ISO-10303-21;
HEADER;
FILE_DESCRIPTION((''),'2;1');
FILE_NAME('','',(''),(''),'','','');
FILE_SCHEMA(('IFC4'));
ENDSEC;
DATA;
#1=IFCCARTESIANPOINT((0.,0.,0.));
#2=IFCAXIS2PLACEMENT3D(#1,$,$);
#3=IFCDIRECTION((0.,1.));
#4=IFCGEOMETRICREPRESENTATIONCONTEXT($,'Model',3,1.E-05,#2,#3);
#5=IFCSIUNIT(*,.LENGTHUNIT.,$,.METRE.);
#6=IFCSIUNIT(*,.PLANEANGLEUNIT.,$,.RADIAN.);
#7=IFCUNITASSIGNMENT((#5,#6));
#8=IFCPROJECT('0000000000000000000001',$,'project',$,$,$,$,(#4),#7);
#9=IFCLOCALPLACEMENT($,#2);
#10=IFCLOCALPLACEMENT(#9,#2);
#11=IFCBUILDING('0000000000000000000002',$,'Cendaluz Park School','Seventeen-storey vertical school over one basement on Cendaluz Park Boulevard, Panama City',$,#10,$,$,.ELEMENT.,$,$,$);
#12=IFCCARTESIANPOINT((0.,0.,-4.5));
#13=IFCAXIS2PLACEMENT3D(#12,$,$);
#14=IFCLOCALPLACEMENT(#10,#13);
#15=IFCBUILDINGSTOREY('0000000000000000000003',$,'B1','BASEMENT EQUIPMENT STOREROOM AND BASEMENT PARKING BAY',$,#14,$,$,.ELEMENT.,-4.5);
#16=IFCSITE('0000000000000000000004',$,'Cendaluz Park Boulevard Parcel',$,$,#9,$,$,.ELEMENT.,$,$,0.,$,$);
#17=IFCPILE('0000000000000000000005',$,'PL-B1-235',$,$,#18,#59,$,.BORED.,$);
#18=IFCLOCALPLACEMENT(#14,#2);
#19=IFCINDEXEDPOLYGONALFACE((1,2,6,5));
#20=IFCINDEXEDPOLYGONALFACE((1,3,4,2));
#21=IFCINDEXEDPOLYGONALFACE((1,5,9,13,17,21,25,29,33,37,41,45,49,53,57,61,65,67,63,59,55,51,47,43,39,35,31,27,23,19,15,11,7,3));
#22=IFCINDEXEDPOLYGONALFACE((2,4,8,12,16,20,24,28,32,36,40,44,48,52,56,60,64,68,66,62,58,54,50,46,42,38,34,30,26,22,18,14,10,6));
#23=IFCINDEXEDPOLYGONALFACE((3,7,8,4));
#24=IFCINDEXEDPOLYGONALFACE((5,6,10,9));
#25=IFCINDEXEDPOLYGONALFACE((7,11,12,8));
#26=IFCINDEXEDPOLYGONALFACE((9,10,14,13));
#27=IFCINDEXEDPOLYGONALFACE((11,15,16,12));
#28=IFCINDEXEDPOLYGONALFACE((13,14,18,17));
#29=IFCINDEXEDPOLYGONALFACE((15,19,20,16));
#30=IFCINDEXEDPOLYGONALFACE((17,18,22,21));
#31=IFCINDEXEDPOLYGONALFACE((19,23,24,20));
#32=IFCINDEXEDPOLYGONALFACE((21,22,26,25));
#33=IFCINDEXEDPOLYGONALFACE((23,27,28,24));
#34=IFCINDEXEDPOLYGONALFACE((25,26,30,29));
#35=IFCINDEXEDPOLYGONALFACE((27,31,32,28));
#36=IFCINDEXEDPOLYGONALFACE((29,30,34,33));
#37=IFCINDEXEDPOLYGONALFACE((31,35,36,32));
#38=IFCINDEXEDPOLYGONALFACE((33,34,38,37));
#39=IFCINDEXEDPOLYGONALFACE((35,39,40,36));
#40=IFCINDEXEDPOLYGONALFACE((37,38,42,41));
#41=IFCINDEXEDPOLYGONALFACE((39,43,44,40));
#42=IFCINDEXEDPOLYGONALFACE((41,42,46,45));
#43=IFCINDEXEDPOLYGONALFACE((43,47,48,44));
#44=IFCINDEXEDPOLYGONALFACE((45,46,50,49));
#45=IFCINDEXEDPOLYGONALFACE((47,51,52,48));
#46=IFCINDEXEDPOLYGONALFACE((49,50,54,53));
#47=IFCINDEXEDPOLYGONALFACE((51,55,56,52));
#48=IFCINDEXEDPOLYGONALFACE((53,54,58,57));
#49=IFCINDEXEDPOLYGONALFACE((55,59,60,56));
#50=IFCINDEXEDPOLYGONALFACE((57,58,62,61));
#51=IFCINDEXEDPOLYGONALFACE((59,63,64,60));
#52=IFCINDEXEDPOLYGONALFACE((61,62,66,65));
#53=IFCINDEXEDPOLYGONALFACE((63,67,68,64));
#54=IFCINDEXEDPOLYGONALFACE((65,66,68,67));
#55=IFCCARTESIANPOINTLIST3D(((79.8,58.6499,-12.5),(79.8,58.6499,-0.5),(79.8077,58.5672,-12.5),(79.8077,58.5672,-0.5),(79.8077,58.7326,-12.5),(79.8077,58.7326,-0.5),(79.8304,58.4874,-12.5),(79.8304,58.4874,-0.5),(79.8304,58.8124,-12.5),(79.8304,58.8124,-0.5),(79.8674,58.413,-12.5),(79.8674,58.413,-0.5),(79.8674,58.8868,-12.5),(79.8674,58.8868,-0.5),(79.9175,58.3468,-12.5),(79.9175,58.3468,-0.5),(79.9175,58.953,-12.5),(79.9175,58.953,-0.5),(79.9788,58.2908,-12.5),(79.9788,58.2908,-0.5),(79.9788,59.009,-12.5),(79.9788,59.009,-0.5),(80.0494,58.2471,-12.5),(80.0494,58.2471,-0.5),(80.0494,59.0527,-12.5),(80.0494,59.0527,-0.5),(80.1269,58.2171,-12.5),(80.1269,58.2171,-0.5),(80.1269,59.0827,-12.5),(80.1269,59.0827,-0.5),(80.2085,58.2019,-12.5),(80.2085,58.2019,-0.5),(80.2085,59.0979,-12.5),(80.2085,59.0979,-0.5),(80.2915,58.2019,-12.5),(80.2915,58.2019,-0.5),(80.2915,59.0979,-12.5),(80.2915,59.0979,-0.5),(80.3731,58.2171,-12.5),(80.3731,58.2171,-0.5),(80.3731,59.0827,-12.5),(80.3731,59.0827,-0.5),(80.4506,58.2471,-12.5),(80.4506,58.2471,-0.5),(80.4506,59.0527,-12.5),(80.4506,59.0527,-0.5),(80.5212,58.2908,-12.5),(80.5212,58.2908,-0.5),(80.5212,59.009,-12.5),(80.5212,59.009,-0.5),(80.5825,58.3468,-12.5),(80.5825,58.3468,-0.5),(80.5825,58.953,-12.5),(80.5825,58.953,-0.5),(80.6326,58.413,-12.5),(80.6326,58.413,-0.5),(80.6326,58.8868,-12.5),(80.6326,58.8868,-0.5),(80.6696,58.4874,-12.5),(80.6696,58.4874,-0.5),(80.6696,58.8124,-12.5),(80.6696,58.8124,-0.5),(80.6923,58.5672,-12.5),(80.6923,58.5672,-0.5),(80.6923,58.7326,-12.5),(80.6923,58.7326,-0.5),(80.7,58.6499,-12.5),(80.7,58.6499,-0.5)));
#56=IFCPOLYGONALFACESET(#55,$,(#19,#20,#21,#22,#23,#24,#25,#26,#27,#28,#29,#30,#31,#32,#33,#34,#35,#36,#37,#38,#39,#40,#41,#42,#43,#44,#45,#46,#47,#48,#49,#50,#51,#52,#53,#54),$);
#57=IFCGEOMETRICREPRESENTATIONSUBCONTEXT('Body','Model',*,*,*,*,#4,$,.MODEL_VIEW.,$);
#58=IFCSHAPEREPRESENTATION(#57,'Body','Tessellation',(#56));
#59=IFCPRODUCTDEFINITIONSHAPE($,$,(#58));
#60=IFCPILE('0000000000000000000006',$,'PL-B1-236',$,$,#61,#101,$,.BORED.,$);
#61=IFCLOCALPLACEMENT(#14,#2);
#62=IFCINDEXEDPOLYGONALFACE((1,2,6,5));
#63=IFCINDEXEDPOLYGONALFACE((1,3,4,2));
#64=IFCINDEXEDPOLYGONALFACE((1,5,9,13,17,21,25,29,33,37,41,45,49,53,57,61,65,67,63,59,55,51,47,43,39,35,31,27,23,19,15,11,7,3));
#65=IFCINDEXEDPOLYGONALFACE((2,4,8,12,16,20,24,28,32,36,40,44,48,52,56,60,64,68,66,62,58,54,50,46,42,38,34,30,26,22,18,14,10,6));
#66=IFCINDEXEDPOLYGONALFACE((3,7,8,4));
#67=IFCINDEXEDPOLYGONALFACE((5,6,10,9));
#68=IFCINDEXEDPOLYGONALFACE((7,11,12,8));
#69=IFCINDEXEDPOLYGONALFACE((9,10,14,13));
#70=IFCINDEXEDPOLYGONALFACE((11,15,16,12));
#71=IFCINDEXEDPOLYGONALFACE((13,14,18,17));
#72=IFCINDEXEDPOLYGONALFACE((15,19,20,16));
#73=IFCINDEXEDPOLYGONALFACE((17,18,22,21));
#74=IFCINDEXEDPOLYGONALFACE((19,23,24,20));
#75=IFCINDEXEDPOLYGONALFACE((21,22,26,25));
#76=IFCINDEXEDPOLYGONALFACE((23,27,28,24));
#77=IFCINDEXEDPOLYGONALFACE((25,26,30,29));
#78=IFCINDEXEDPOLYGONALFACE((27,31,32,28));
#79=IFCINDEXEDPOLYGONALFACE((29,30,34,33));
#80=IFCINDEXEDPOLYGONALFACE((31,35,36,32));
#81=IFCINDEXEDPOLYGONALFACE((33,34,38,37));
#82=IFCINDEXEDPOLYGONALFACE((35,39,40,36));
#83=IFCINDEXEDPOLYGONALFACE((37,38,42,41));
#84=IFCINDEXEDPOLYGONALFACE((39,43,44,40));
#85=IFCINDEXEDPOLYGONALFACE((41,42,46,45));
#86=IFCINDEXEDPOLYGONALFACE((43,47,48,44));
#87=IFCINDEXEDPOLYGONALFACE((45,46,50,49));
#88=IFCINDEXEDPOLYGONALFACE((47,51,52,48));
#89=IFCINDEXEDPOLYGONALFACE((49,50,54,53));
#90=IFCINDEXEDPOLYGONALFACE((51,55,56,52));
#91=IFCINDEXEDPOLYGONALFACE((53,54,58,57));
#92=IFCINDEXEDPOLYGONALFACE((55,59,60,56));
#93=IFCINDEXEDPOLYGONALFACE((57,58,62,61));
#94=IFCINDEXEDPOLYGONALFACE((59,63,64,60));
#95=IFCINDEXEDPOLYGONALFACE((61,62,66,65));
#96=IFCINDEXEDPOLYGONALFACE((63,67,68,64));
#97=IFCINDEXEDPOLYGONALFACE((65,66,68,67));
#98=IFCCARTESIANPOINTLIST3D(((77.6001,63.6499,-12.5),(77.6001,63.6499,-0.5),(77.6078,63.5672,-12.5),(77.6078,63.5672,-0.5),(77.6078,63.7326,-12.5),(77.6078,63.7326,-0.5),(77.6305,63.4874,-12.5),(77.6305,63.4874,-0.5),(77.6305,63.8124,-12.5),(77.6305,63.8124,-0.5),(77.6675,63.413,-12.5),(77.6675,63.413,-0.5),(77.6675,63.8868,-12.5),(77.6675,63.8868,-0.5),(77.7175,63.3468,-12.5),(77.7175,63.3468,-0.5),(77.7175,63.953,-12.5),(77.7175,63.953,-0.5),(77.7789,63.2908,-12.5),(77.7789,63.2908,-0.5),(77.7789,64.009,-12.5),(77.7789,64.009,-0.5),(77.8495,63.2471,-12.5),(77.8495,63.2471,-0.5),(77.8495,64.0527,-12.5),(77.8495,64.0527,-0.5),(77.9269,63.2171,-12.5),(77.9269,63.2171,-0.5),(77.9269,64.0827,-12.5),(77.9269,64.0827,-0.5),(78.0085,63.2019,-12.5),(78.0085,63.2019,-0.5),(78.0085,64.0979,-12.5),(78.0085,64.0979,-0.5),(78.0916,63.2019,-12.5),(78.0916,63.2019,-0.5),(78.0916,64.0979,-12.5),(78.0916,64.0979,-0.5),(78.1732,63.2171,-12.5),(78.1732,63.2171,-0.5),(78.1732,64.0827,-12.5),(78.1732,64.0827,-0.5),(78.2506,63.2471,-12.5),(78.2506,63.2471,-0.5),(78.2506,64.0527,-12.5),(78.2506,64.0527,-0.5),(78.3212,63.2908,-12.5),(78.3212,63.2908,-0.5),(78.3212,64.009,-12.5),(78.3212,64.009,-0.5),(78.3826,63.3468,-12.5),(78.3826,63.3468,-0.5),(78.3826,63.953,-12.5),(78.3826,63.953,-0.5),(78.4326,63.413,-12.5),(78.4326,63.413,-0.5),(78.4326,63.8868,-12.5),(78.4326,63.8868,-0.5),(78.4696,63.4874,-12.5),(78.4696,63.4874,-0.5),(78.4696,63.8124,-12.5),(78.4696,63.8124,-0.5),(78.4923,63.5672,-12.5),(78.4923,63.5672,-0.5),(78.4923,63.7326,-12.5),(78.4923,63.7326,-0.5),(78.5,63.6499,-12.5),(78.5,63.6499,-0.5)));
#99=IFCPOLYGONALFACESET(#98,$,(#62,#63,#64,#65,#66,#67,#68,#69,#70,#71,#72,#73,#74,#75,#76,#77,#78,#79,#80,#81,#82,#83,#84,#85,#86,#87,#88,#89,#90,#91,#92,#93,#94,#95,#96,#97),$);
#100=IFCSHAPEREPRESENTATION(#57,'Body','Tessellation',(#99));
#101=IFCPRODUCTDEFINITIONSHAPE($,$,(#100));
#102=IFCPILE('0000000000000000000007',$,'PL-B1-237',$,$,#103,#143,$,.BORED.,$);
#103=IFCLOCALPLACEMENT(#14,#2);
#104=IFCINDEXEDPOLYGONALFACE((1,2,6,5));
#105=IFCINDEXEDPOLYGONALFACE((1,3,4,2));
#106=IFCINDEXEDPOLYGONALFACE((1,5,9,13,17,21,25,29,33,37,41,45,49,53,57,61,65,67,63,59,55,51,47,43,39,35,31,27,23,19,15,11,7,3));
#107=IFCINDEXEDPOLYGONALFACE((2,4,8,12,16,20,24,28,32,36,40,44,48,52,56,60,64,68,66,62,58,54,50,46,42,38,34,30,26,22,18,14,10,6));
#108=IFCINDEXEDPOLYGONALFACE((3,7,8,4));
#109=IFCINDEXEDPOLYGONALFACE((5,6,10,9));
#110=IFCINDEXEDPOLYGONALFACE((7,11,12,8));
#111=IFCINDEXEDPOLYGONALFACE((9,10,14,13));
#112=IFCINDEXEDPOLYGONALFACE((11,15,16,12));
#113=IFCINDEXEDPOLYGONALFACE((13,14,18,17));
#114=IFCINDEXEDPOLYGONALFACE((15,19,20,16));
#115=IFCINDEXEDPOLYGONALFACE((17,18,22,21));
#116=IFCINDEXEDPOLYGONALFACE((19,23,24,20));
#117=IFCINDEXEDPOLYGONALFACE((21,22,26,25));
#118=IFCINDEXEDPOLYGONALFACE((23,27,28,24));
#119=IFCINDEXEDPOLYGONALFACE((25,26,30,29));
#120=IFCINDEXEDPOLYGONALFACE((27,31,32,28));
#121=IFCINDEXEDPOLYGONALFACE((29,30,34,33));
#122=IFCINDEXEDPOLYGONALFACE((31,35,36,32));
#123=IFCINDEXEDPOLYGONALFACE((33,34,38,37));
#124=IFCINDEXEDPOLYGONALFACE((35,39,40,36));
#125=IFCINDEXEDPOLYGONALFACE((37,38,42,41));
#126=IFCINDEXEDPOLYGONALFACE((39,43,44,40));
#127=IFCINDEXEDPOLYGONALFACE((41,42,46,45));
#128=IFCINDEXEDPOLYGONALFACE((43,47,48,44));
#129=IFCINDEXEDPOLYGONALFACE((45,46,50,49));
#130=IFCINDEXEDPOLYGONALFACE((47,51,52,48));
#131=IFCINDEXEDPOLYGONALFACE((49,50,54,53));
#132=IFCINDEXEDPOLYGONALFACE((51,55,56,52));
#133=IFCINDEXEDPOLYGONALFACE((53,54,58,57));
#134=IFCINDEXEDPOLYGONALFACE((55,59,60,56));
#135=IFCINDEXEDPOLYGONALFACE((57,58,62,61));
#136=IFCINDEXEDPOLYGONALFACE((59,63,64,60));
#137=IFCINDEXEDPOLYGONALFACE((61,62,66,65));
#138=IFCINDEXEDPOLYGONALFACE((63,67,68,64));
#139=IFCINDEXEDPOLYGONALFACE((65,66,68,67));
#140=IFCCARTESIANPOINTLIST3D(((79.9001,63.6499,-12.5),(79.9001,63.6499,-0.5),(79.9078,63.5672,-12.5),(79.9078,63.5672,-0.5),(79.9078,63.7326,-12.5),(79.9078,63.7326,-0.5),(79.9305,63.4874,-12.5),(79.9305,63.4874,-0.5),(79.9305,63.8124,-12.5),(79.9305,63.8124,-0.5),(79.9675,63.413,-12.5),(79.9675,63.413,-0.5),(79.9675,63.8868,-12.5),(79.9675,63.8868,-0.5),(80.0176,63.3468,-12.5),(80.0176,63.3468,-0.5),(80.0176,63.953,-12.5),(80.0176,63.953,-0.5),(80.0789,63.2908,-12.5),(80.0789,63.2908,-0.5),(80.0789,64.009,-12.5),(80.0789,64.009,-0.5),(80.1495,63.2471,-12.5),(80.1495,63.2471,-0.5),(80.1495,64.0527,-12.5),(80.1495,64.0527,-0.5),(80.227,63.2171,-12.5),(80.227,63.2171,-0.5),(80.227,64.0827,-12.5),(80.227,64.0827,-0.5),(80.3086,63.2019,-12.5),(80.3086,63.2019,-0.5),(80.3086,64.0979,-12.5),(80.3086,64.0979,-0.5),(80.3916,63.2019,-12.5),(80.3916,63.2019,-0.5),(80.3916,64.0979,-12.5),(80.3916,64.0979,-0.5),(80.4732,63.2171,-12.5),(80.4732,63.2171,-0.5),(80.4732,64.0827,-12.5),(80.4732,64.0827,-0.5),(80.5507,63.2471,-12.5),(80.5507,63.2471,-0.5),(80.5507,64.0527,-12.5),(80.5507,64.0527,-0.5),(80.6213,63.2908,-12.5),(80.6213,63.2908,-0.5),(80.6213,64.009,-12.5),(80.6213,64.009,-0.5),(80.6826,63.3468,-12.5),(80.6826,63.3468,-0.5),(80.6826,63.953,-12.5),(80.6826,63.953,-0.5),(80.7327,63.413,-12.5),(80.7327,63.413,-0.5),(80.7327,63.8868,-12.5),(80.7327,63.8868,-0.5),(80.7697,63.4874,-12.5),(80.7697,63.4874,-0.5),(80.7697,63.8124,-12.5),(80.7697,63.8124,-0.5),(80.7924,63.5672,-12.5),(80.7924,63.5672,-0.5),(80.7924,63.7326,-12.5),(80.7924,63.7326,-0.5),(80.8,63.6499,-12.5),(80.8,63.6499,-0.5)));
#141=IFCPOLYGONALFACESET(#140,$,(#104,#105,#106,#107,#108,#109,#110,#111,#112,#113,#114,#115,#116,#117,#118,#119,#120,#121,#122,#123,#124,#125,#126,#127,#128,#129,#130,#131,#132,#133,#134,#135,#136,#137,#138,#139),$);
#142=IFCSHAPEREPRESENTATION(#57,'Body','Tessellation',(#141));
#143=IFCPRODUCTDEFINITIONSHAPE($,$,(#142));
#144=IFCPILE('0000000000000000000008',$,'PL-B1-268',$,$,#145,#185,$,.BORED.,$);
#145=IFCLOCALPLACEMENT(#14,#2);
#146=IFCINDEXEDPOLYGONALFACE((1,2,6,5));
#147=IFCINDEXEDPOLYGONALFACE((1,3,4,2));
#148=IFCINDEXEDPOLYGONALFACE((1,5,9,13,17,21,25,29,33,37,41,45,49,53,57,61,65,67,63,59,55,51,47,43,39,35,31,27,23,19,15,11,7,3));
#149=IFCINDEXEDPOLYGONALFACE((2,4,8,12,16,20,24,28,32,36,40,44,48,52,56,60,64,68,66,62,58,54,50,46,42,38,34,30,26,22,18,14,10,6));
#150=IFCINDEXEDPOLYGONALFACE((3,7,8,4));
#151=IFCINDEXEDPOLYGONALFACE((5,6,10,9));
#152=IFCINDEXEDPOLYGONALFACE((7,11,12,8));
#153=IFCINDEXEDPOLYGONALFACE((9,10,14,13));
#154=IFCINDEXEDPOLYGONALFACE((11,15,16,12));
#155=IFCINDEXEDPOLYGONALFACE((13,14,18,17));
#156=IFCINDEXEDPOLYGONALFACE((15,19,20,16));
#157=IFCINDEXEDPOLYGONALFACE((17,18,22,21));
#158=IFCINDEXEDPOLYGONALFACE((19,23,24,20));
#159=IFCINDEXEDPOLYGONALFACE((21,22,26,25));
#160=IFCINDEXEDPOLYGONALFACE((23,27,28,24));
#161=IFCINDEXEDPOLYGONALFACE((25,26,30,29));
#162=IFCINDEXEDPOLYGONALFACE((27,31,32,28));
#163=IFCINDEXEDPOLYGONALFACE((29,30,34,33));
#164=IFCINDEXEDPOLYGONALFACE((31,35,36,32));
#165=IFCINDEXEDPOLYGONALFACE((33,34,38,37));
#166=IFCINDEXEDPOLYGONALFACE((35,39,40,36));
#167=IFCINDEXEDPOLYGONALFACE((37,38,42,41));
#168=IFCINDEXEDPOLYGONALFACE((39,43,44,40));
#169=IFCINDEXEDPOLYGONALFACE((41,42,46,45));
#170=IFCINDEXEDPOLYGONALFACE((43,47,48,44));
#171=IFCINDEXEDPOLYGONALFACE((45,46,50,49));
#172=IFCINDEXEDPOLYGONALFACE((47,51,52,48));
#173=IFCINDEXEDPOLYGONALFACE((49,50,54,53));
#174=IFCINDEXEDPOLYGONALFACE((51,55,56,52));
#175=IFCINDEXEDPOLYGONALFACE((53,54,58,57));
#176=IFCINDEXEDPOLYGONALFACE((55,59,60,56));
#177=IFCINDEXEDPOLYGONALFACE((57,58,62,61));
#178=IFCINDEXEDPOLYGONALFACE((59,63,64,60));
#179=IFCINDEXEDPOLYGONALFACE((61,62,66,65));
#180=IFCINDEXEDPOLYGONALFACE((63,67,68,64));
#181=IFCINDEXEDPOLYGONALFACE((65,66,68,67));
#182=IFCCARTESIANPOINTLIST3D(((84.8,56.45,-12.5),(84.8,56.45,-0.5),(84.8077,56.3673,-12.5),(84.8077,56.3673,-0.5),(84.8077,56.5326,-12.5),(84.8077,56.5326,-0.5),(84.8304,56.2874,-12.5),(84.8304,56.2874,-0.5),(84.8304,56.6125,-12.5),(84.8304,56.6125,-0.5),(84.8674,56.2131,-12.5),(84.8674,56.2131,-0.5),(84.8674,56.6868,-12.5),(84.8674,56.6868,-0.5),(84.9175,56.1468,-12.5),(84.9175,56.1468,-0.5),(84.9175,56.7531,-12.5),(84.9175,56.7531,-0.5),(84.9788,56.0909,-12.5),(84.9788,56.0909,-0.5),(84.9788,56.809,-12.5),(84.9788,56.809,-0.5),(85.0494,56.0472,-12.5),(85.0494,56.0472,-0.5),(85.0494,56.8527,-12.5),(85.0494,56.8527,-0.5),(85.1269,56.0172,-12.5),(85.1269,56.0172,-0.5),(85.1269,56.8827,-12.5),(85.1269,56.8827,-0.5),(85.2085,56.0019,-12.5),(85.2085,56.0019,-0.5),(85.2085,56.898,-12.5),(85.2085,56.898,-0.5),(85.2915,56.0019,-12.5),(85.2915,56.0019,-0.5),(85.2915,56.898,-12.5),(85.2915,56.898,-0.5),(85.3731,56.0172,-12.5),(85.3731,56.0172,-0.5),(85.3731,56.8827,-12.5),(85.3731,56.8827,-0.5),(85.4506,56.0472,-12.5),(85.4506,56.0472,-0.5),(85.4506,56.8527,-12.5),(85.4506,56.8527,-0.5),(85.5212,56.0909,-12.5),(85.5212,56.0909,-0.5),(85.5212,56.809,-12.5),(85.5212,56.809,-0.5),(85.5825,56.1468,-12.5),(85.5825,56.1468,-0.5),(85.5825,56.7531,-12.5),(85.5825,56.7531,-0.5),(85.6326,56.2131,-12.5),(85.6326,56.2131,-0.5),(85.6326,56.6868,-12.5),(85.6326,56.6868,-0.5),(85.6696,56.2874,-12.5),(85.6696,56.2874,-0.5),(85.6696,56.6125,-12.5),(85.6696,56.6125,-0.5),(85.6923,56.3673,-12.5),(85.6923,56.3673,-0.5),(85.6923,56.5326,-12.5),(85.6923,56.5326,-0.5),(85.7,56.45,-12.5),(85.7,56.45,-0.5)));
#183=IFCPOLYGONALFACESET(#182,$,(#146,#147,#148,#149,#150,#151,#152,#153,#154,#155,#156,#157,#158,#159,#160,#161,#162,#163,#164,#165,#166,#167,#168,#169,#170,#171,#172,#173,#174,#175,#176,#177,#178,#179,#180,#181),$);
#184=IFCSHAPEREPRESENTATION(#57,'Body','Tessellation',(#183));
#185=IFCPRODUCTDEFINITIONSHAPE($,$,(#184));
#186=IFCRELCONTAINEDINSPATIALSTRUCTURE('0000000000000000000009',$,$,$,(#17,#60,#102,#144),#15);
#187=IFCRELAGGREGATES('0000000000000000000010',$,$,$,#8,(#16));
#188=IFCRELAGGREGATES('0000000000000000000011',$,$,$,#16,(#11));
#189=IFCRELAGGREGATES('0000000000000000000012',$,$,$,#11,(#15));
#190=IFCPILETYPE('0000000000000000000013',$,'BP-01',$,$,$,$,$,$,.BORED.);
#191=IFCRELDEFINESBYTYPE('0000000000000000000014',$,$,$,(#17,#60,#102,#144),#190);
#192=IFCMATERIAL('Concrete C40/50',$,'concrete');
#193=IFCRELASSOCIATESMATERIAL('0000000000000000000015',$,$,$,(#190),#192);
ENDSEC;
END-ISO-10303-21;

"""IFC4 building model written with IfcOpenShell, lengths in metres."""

from ifc_helpers import new_model, si_unit, direction, frame, origin, origin_2d, place, context, subcontext, project, spatial, circle, extrude, material, material_profile, profile_set, type_object, element, save


model = new_model("IFC4")

# Units and contexts
model_context = context("Model", 3, precision=1e-05, world=origin(), true_north=direction((0.0, 1.0)))
body_context = subcontext(model_context, "Body", "Model", "MODEL_VIEW")
ifc_project = project(units=[si_unit("LENGTHUNIT", "METRE"), si_unit("PLANEANGLEUNIT", "RADIAN")], contexts=[model_context])

# Site, building, storey
site_placement = place(None, origin())
site = spatial("IfcSite", under=ifc_project, at=site_placement, Name="Cendaluz Park Boulevard Parcel", CompositionType="ELEMENT", RefElevation=0.0)
building_placement = place(site_placement, origin())
building = spatial("IfcBuilding", under=site, at=building_placement, Name="Cendaluz Park School", Description="Seventeen-storey vertical school over one basement on Cendaluz Park Boulevard, Panama City", CompositionType="ELEMENT")
storey_placement = place(building_placement, frame((0.0, 0.0, -4.5)))
storey = spatial("IfcBuildingStorey", under=building, at=storey_placement, Name="B1", Description="BASEMENT EQUIPMENT STOREROOM AND BASEMENT PARKING BAY", CompositionType="ELEMENT", Elevation=-4.5)

# Piles
ifc_material_1 = material(Name="Concrete C40/50", Category="concrete")
ifc_material_profile_1 = material_profile(ifc_material_1, circle(Radius=0.45, at=origin_2d()), Name="BP D900", Category="concrete")
ifc_profile_set_1 = profile_set([ifc_material_profile_1], Name="Concrete C40/50")
pile_type = type_object("IfcPileType", Name="BP-01", PredefinedType="BORED", material=ifc_profile_set_1)
for number, where, z_axis, x_axis, name in (
    (1, (80.25, 58.6499, -0.5), (0.0, 0.0, -1.0), (1.0, 0.0, 0.0), "PL-B1-235"),
    (2, (78.05, 63.6499, -0.5), (0.0, 0.0, -1.0), (1.0, 0.0, 0.0), "PL-B1-236"),
    (3, (80.3501, 63.6499, -0.5), (0.0, 0.0, -1.0), (1.0, 0.0, 0.0), "PL-B1-237"),
    (4, (85.25, 56.45, -0.5), (0.0, 0.0, -1.0), (1.0, 0.0, 0.0), "PL-B1-268"),
):
    element("IfcPile", number, at=place(storey_placement, frame(where, z_axis=z_axis, x_axis=x_axis)), inside=storey, type_object=pile_type, Name=name, PredefinedType="BORED", context=body_context, shape_type="SweptSolid", body=[
        extrude(circle(Radius=0.45, at=origin_2d()), origin(), (0.0, 0.0, 1.0), 12.0),
    ])

save(model, "model.ifc")
